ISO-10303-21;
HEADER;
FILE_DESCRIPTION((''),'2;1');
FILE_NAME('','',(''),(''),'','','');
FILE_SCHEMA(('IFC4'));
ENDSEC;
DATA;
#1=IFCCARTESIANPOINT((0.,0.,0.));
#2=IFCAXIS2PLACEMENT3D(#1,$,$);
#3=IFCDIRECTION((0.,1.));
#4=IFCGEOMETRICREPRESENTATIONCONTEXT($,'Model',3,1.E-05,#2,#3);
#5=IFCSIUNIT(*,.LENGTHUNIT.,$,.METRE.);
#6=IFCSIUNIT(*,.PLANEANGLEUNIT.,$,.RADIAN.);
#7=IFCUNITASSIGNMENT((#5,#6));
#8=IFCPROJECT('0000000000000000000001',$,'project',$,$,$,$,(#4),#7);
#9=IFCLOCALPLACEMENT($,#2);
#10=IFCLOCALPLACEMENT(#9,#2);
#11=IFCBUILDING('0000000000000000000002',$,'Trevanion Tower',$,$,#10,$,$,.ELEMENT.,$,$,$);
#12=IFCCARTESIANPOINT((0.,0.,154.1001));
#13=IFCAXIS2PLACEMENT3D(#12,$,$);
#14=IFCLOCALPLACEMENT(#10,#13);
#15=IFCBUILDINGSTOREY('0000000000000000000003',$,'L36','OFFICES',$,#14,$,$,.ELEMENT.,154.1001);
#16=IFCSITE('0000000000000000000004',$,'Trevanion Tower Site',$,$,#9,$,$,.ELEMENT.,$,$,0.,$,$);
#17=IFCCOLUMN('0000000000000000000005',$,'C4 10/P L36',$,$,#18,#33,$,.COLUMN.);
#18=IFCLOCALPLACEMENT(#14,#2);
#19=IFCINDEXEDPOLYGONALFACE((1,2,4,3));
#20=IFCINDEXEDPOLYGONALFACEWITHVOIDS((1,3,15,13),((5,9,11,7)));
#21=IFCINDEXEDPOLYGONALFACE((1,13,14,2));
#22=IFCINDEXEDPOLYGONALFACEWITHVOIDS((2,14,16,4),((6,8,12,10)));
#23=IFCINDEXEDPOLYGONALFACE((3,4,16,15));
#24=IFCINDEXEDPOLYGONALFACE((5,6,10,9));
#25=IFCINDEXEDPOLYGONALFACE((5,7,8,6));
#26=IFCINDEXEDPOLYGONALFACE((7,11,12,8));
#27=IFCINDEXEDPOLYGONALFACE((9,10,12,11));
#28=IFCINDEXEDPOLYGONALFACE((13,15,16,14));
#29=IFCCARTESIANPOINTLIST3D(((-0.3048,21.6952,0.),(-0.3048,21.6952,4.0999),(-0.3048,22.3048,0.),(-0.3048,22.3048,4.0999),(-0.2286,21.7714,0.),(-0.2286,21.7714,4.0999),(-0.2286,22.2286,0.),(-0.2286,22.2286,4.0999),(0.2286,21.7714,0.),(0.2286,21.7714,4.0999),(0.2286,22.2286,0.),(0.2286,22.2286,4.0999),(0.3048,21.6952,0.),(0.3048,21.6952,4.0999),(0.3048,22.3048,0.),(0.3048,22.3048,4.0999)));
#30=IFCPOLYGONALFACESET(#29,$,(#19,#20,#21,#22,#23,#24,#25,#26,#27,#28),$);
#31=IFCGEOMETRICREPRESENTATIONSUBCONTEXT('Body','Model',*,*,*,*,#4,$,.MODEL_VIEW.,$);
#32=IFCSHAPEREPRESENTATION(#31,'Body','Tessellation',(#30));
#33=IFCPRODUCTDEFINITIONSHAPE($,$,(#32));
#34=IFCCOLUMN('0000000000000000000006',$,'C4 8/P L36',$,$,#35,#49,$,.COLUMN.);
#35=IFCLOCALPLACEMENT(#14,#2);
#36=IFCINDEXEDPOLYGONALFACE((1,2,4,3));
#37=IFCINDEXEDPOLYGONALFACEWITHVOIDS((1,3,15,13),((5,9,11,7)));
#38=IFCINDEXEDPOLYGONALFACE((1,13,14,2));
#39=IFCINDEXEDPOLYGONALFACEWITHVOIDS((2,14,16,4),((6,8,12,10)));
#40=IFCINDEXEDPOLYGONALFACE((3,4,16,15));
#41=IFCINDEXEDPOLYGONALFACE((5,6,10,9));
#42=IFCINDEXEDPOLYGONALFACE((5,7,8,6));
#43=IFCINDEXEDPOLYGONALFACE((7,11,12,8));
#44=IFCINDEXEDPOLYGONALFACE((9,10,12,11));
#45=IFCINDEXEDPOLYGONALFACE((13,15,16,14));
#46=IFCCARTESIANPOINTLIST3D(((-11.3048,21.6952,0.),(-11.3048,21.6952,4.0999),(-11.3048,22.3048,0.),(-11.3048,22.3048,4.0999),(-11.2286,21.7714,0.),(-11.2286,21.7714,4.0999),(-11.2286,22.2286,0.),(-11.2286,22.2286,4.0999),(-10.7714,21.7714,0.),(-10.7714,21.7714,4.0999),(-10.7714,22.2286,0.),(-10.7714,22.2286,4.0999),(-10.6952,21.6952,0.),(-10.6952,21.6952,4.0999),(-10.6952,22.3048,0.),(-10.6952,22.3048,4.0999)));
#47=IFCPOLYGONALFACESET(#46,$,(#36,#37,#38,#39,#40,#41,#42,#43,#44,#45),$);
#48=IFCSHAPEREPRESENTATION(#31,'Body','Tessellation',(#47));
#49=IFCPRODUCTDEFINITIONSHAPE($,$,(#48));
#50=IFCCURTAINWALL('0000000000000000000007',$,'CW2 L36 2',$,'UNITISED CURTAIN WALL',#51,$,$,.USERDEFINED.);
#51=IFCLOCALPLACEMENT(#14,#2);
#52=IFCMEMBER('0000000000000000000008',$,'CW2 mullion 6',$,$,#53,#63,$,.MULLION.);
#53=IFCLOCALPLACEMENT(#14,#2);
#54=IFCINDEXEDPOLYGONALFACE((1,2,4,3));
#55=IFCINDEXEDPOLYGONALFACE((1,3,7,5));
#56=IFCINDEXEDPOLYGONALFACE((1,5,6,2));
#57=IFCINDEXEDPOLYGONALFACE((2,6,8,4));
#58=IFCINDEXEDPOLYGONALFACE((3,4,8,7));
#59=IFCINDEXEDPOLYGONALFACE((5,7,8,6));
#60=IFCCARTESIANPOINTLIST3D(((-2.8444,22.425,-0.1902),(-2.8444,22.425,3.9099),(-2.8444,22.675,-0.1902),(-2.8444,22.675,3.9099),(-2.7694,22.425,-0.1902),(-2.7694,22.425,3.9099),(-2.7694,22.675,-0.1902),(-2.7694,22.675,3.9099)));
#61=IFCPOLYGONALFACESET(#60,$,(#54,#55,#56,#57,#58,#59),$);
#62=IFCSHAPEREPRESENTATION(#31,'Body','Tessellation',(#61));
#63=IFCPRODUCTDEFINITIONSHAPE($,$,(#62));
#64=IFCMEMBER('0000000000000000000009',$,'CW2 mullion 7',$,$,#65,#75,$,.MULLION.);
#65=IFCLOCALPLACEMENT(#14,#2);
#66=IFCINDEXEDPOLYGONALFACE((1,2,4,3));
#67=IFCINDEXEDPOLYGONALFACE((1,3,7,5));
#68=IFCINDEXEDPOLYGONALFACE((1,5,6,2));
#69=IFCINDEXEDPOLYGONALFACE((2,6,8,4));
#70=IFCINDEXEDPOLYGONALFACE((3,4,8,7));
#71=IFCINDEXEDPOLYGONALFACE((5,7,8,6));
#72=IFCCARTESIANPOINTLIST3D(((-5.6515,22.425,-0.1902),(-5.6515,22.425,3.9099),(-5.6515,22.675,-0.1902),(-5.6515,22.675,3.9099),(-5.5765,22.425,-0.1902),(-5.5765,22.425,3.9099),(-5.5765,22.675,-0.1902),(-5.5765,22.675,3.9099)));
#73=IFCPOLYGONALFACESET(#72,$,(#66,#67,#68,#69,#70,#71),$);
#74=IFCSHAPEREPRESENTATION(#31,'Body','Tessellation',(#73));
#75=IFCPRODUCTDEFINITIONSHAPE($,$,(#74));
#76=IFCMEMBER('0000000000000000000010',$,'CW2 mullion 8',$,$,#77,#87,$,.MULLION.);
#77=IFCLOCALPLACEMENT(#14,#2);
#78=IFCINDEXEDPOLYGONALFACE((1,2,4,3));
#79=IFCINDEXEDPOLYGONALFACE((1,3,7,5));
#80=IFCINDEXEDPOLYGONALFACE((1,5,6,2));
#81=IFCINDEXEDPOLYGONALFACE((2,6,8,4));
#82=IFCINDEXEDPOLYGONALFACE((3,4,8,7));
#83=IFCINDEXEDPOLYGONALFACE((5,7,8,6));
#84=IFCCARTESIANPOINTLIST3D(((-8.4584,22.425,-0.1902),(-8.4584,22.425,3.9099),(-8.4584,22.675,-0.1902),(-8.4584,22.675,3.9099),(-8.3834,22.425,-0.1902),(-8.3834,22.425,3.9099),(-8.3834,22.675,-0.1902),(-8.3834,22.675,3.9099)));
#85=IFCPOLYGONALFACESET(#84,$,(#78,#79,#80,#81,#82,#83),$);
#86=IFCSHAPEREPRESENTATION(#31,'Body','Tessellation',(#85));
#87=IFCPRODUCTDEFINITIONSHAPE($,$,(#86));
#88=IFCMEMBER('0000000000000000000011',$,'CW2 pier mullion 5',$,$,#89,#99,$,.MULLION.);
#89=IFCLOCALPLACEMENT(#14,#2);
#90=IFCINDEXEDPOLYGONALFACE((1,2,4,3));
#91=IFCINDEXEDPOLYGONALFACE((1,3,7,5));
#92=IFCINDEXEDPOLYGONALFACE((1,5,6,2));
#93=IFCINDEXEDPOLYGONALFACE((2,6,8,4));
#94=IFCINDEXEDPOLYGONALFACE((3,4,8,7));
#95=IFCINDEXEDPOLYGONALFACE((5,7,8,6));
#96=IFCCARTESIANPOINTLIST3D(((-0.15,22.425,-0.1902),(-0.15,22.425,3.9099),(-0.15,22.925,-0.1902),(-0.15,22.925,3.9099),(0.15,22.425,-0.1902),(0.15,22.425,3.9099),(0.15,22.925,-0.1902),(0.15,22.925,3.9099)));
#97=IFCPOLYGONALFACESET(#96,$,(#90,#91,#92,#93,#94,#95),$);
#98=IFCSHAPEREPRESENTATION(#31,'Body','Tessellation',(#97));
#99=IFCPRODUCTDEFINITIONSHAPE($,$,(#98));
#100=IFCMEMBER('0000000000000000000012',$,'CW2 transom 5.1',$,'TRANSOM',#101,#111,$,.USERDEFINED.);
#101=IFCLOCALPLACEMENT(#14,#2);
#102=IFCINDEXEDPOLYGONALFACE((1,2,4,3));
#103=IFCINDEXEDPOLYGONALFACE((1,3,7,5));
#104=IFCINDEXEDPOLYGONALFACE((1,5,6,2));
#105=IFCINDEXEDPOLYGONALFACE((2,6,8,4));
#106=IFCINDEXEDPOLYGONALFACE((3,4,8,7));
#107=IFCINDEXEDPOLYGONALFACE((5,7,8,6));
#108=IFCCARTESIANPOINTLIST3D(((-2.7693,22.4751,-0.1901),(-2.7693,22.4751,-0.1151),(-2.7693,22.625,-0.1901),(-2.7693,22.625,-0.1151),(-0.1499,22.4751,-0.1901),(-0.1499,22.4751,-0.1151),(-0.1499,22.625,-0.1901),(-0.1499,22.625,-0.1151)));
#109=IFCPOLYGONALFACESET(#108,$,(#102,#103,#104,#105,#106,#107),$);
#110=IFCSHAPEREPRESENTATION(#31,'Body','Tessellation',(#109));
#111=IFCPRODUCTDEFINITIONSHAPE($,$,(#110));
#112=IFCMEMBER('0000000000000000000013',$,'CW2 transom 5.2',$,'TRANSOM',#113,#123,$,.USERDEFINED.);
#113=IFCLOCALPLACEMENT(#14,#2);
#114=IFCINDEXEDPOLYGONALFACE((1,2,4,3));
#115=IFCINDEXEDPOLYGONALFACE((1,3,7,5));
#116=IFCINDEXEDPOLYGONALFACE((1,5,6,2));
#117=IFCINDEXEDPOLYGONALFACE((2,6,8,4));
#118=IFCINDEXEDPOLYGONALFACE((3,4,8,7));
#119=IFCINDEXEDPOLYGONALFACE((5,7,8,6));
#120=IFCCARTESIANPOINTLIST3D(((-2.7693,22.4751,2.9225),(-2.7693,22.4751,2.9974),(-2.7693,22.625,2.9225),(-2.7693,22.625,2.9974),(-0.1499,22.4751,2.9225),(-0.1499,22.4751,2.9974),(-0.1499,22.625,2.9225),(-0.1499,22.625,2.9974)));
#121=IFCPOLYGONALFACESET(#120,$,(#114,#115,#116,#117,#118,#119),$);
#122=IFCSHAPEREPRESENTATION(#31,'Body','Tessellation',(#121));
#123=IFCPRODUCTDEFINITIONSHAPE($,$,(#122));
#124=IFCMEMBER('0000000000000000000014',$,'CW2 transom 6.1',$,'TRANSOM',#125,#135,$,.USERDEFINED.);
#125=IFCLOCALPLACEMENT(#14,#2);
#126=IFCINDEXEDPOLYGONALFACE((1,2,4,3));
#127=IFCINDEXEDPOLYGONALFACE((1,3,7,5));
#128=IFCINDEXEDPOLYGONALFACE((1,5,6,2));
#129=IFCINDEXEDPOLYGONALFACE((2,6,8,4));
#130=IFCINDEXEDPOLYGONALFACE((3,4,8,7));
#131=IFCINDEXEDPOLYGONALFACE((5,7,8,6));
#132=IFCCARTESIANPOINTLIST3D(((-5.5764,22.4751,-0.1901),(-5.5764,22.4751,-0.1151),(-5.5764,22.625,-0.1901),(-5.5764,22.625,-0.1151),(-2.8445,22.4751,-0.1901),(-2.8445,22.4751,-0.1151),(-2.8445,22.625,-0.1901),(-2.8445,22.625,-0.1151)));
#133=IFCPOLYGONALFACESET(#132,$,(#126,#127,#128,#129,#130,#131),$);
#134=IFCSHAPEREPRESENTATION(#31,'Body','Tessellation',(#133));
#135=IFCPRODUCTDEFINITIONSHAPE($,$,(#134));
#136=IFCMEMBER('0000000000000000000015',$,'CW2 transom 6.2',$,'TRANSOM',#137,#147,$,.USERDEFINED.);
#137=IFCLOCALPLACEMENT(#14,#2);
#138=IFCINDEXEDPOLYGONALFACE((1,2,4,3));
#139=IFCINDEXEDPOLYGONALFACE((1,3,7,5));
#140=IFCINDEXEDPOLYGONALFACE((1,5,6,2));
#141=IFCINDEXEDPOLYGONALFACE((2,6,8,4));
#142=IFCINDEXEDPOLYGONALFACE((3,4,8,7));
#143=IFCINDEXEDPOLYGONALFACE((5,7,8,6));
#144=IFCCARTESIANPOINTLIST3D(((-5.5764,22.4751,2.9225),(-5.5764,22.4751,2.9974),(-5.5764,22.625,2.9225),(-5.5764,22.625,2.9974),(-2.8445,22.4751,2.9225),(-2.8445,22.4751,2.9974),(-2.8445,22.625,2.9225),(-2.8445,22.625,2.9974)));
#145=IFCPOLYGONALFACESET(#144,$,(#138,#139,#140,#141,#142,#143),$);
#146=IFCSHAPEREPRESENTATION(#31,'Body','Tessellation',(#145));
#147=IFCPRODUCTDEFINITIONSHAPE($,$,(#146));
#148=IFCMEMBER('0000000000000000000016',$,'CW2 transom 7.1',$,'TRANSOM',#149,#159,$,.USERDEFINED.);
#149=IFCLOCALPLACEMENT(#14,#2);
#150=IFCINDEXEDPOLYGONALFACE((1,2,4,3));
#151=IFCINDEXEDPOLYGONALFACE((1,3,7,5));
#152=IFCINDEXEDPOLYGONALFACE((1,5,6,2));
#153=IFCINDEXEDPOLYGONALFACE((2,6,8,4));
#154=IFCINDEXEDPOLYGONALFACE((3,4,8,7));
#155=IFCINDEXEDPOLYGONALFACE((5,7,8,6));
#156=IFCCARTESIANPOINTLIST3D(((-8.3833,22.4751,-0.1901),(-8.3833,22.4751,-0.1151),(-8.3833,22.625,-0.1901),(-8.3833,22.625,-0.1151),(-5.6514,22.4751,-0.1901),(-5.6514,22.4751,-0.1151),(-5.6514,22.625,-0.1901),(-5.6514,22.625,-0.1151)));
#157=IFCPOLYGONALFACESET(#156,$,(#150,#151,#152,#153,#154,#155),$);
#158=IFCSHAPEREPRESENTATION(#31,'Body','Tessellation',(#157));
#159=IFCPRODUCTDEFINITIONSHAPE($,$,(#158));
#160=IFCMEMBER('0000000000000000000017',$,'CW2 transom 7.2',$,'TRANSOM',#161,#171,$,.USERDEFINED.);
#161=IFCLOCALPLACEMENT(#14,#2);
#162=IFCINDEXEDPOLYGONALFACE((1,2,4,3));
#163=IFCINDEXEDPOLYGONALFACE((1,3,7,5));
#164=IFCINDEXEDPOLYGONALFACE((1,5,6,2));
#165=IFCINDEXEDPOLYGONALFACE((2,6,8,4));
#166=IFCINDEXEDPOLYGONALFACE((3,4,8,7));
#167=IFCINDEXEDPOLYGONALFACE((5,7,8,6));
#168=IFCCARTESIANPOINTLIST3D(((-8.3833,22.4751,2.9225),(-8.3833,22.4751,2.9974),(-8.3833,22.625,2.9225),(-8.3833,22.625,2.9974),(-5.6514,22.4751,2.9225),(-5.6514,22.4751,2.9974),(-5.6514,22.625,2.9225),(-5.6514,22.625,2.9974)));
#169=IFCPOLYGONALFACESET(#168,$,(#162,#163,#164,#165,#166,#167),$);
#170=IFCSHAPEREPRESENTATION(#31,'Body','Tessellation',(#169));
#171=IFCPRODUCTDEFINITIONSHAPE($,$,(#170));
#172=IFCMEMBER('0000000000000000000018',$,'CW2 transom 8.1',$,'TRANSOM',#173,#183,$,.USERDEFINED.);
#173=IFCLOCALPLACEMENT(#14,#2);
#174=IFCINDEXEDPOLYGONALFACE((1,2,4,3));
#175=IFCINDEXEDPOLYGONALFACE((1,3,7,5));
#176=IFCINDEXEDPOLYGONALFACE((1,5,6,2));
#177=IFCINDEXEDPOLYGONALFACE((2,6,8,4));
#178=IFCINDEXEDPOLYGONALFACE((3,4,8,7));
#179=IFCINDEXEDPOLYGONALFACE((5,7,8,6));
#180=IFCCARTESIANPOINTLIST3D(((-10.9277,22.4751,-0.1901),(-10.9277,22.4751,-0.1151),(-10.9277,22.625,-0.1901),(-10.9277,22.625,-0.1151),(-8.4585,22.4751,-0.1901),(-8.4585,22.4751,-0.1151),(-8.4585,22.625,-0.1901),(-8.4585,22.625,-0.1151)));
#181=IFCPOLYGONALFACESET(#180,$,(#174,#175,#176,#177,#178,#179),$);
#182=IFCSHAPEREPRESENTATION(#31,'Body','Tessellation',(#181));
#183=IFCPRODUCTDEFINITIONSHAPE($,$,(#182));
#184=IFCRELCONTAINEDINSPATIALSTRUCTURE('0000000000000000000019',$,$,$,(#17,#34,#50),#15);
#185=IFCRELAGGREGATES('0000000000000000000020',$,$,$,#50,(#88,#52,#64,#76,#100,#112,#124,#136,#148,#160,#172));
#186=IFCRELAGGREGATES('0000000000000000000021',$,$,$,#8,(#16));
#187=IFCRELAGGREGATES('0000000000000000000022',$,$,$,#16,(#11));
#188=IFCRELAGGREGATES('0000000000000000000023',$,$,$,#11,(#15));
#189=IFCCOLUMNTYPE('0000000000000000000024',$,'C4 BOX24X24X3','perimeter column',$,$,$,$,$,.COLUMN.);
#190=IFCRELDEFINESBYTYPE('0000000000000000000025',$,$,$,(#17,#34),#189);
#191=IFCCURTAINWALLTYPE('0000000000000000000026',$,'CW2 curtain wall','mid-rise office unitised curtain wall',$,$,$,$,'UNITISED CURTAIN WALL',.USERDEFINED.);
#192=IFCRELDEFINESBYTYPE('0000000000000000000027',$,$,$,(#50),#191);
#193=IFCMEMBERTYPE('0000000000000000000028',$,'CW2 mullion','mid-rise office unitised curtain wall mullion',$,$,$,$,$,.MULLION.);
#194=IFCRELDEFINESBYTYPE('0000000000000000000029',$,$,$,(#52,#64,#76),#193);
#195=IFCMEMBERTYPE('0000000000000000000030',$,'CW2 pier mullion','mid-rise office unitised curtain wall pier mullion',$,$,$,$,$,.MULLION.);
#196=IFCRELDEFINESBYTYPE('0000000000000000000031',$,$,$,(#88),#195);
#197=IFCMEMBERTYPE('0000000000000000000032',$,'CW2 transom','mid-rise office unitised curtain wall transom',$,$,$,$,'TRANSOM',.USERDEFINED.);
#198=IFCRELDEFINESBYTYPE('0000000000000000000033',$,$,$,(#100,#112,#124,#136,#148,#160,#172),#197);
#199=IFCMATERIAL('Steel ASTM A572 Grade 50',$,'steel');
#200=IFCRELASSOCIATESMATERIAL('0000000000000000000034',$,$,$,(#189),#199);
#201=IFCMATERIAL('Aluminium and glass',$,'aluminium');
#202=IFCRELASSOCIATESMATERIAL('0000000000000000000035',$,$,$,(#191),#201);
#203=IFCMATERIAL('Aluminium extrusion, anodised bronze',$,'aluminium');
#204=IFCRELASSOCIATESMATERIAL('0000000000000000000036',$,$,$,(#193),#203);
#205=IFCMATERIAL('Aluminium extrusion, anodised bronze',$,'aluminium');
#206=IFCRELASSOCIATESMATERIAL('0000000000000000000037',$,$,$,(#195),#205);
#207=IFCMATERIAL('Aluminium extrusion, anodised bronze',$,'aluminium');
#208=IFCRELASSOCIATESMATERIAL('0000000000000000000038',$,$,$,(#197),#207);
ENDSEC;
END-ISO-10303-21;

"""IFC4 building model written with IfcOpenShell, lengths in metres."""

from ifc_helpers import new_model, si_unit, direction, frame, origin, origin_2d, place, context, subcontext, project, spatial, rectangle, hollow_rectangle, extrude, material, material_profile, profile_set, type_object, element, aggregate, save


model = new_model("IFC4")

# Units and contexts
model_context = context("Model", 3, precision=1e-05, world=origin(), true_north=direction((0.0, 1.0)))
body_context = subcontext(model_context, "Body", "Model", "MODEL_VIEW")
ifc_project = project(units=[si_unit("LENGTHUNIT", "METRE"), si_unit("PLANEANGLEUNIT", "RADIAN")], contexts=[model_context])

# Site, building, storey
site_placement = place(None, origin())
site = spatial("IfcSite", under=ifc_project, at=site_placement, Name="Trevanion Tower Site", CompositionType="ELEMENT", RefElevation=0.0)
building_placement = place(site_placement, origin())
building = spatial("IfcBuilding", under=site, at=building_placement, Name="Trevanion Tower", CompositionType="ELEMENT")
storey_placement = place(building_placement, frame((0.0, 0.0, 154.1001)))
storey = spatial("IfcBuildingStorey", under=building, at=storey_placement, Name="L36", Description="OFFICES", CompositionType="ELEMENT", Elevation=154.1001)

# Columns
ifc_material_1 = material(Name="Steel ASTM A572 Grade 50", Category="steel")
ifc_material_profile_1 = material_profile(ifc_material_1, hollow_rectangle(XDim=0.6096, YDim=0.6096, WallThickness=0.0762, at=origin_2d()), Name="BOX24X24X3")
ifc_profile_set_1 = profile_set([ifc_material_profile_1], Name="Steel ASTM A572 Grade 50")
column_type = type_object("IfcColumnType", Name="C4 BOX24X24X3", Description="perimeter column", PredefinedType="COLUMN", material=ifc_profile_set_1)
for number, where, z_axis, x_axis, name in (
    (1, (0.0, 22.0, 0.0), (0.0, 0.0, 1.0), (1.0, 0.0, 0.0), "C4 10/P L36"),
    (2, (-11.0, 22.0, 0.0), (0.0, 0.0, 1.0), (1.0, 0.0, 0.0), "C4 8/P L36"),
):
    element("IfcColumn", number, at=place(storey_placement, frame(where, z_axis=z_axis, x_axis=x_axis)), inside=storey, type_object=column_type, Name=name, PredefinedType="COLUMN", context=body_context, shape_type="SweptSolid", body=[
        extrude(hollow_rectangle(XDim=0.6096, YDim=0.6096, WallThickness=0.0762, at=origin_2d()), origin(), (0.0, 0.0, 1.0), 4.0999),
    ])

# Curtain wall, members
ifc_material_2 = material(Name="Aluminium and glass", Category="aluminium")
curtain_wall_type = type_object("IfcCurtainWallType", Name="CW2 curtain wall", Description="mid-rise office unitised curtain wall", ElementType="UNITISED CURTAIN WALL", PredefinedType="USERDEFINED", material=ifc_material_2)
curtain_wall_placement = place(storey_placement, origin())
curtain_wall = element("IfcCurtainWall", 3, at=curtain_wall_placement, inside=storey, type_object=curtain_wall_type, Name="CW2 L36 2", ObjectType="UNITISED CURTAIN WALL", PredefinedType="USERDEFINED")
ifc_material_3 = material(Name="Aluminium extrusion, anodised bronze", Category="aluminium")
ifc_material_profile_2 = material_profile(ifc_material_3, rectangle(XDim=0.075, YDim=0.25, at=origin_2d()), Name="CW2 mullion")
ifc_profile_set_2 = profile_set([ifc_material_profile_2], Name="Aluminium extrusion, anodised bronze")
member_type_1 = type_object("IfcMemberType", Name="CW2 mullion", Description="mid-rise office unitised curtain wall mullion", PredefinedType="MULLION", material=ifc_profile_set_2)
member_1_placement = place(storey_placement, frame((-2.8069, 22.55, -0.1902), z_axis=(0.0, 0.0, 1.0), x_axis=(-1.0, 0.0, 0.0)))
member_1 = element("IfcMember", 4, at=member_1_placement, type_object=member_type_1, Name="CW2 mullion 6", PredefinedType="MULLION", context=body_context, shape_type="SweptSolid", body=[
    extrude(rectangle(XDim=0.075, YDim=0.25, at=origin_2d()), origin(), (0.0, 0.0, 1.0), 4.1001),
])
member_2_placement = place(storey_placement, frame((-5.614, 22.55, -0.1902), z_axis=(0.0, 0.0, 1.0), x_axis=(-1.0, 0.0, 0.0)))
member_2 = element("IfcMember", 5, at=member_2_placement, type_object=member_type_1, Name="CW2 mullion 7", PredefinedType="MULLION", context=body_context, shape_type="SweptSolid", body=[
    extrude(rectangle(XDim=0.075, YDim=0.25, at=origin_2d()), origin(), (0.0, 0.0, 1.0), 4.1001),
])
member_3_placement = place(storey_placement, frame((-8.4209, 22.55, -0.1902), z_axis=(0.0, 0.0, 1.0), x_axis=(-1.0, 0.0, 0.0)))
member_3 = element("IfcMember", 6, at=member_3_placement, type_object=member_type_1, Name="CW2 mullion 8", PredefinedType="MULLION", context=body_context, shape_type="SweptSolid", body=[
    extrude(rectangle(XDim=0.075, YDim=0.25, at=origin_2d()), origin(), (0.0, 0.0, 1.0), 4.1001),
])
ifc_material_4 = material(Name="Aluminium extrusion, anodised bronze", Category="aluminium")
ifc_material_profile_3 = material_profile(ifc_material_4, rectangle(XDim=0.3, YDim=0.5, at=origin_2d()), Name="CW2 pier mullion")
ifc_profile_set_3 = profile_set([ifc_material_profile_3], Name="Aluminium extrusion, anodised bronze")
member_type_2 = type_object("IfcMemberType", Name="CW2 pier mullion", Description="mid-rise office unitised curtain wall pier mullion", PredefinedType="MULLION", material=ifc_profile_set_3)
member_4_placement = place(storey_placement, frame((0.0, 22.675, -0.1902), z_axis=(0.0, 0.0, 1.0), x_axis=(-1.0, 0.0, 0.0)))
member_4 = element("IfcMember", 7, at=member_4_placement, type_object=member_type_2, Name="CW2 pier mullion 5", PredefinedType="MULLION", context=body_context, shape_type="SweptSolid", body=[
    extrude(rectangle(XDim=0.3, YDim=0.5, at=origin_2d()), origin(), (0.0, 0.0, 1.0), 4.1001),
])
ifc_material_5 = material(Name="Aluminium extrusion, anodised bronze", Category="aluminium")
ifc_material_profile_4 = material_profile(ifc_material_5, rectangle(XDim=0.1499, YDim=0.075, at=origin_2d()), Name="CW2 transom")
ifc_profile_set_4 = profile_set([ifc_material_profile_4], Name="Aluminium extrusion, anodised bronze")
member_type_3 = type_object("IfcMemberType", Name="CW2 transom", Description="mid-rise office unitised curtain wall transom", ElementType="TRANSOM", PredefinedType="USERDEFINED", material=ifc_profile_set_4)
member_5_placement = place(storey_placement, frame((-0.1499, 22.55, -0.1526), z_axis=(-1.0, 0.0, 0.0), x_axis=(0.0, -1.0, 0.0)))
member_5 = element("IfcMember", 8, at=member_5_placement, type_object=member_type_3, Name="CW2 transom 5.1", ObjectType="TRANSOM", PredefinedType="USERDEFINED", context=body_context, shape_type="SweptSolid", body=[
    extrude(rectangle(XDim=0.1499, YDim=0.075, at=origin_2d()), origin(), (0.0, 0.0, 1.0), 2.6194),
])
member_6_placement = place(storey_placement, frame((-0.1499, 22.55, 2.96), z_axis=(-1.0, 0.0, 0.0), x_axis=(0.0, -1.0, 0.0)))
member_6 = element("IfcMember", 9, at=member_6_placement, type_object=member_type_3, Name="CW2 transom 5.2", ObjectType="TRANSOM", PredefinedType="USERDEFINED", context=body_context, shape_type="SweptSolid", body=[
    extrude(rectangle(XDim=0.1499, YDim=0.075, at=origin_2d()), origin(), (0.0, 0.0, 1.0), 2.6194),
])
member_7_placement = place(storey_placement, frame((-2.8445, 22.55, -0.1526), z_axis=(-1.0, 0.0, 0.0), x_axis=(0.0, -1.0, 0.0)))
member_7 = element("IfcMember", 10, at=member_7_placement, type_object=member_type_3, Name="CW2 transom 6.1", ObjectType="TRANSOM", PredefinedType="USERDEFINED", context=body_context, shape_type="SweptSolid", body=[
    extrude(rectangle(XDim=0.1499, YDim=0.075, at=origin_2d()), origin(), (0.0, 0.0, 1.0), 2.7319),
])
member_8_placement = place(storey_placement, frame((-2.8445, 22.55, 2.96), z_axis=(-1.0, 0.0, 0.0), x_axis=(0.0, -1.0, 0.0)))
member_8 = element("IfcMember", 11, at=member_8_placement, type_object=member_type_3, Name="CW2 transom 6.2", ObjectType="TRANSOM", PredefinedType="USERDEFINED", context=body_context, shape_type="SweptSolid", body=[
    extrude(rectangle(XDim=0.1499, YDim=0.075, at=origin_2d()), origin(), (0.0, 0.0, 1.0), 2.7319),
])
member_9_placement = place(storey_placement, frame((-5.6514, 22.55, -0.1526), z_axis=(-1.0, 0.0, 0.0), x_axis=(0.0, -1.0, 0.0)))
member_9 = element("IfcMember", 12, at=member_9_placement, type_object=member_type_3, Name="CW2 transom 7.1", ObjectType="TRANSOM", PredefinedType="USERDEFINED", context=body_context, shape_type="SweptSolid", body=[
    extrude(rectangle(XDim=0.1499, YDim=0.075, at=origin_2d()), origin(), (0.0, 0.0, 1.0), 2.7319),
])
member_10_placement = place(storey_placement, frame((-5.6514, 22.55, 2.96), z_axis=(-1.0, 0.0, 0.0), x_axis=(0.0, -1.0, 0.0)))
member_10 = element("IfcMember", 13, at=member_10_placement, type_object=member_type_3, Name="CW2 transom 7.2", ObjectType="TRANSOM", PredefinedType="USERDEFINED", context=body_context, shape_type="SweptSolid", body=[
    extrude(rectangle(XDim=0.1499, YDim=0.075, at=origin_2d()), origin(), (0.0, 0.0, 1.0), 2.7319),
])
member_11_placement = place(storey_placement, frame((-8.4585, 22.55, -0.1526), z_axis=(-1.0, 0.0, 0.0), x_axis=(0.0, -1.0, 0.0)))
member_11 = element("IfcMember", 14, at=member_11_placement, type_object=member_type_3, Name="CW2 transom 8.1", ObjectType="TRANSOM", PredefinedType="USERDEFINED", context=body_context, shape_type="SweptSolid", body=[
    extrude(rectangle(XDim=0.1499, YDim=0.075, at=origin_2d()), origin(), (0.0, 0.0, 1.0), 2.4692),
])

aggregate(curtain_wall, [member_4, member_1, member_2, member_3, member_5, member_6, member_7, member_8, member_9, member_10, member_11])

save(model, "model.ifc")
